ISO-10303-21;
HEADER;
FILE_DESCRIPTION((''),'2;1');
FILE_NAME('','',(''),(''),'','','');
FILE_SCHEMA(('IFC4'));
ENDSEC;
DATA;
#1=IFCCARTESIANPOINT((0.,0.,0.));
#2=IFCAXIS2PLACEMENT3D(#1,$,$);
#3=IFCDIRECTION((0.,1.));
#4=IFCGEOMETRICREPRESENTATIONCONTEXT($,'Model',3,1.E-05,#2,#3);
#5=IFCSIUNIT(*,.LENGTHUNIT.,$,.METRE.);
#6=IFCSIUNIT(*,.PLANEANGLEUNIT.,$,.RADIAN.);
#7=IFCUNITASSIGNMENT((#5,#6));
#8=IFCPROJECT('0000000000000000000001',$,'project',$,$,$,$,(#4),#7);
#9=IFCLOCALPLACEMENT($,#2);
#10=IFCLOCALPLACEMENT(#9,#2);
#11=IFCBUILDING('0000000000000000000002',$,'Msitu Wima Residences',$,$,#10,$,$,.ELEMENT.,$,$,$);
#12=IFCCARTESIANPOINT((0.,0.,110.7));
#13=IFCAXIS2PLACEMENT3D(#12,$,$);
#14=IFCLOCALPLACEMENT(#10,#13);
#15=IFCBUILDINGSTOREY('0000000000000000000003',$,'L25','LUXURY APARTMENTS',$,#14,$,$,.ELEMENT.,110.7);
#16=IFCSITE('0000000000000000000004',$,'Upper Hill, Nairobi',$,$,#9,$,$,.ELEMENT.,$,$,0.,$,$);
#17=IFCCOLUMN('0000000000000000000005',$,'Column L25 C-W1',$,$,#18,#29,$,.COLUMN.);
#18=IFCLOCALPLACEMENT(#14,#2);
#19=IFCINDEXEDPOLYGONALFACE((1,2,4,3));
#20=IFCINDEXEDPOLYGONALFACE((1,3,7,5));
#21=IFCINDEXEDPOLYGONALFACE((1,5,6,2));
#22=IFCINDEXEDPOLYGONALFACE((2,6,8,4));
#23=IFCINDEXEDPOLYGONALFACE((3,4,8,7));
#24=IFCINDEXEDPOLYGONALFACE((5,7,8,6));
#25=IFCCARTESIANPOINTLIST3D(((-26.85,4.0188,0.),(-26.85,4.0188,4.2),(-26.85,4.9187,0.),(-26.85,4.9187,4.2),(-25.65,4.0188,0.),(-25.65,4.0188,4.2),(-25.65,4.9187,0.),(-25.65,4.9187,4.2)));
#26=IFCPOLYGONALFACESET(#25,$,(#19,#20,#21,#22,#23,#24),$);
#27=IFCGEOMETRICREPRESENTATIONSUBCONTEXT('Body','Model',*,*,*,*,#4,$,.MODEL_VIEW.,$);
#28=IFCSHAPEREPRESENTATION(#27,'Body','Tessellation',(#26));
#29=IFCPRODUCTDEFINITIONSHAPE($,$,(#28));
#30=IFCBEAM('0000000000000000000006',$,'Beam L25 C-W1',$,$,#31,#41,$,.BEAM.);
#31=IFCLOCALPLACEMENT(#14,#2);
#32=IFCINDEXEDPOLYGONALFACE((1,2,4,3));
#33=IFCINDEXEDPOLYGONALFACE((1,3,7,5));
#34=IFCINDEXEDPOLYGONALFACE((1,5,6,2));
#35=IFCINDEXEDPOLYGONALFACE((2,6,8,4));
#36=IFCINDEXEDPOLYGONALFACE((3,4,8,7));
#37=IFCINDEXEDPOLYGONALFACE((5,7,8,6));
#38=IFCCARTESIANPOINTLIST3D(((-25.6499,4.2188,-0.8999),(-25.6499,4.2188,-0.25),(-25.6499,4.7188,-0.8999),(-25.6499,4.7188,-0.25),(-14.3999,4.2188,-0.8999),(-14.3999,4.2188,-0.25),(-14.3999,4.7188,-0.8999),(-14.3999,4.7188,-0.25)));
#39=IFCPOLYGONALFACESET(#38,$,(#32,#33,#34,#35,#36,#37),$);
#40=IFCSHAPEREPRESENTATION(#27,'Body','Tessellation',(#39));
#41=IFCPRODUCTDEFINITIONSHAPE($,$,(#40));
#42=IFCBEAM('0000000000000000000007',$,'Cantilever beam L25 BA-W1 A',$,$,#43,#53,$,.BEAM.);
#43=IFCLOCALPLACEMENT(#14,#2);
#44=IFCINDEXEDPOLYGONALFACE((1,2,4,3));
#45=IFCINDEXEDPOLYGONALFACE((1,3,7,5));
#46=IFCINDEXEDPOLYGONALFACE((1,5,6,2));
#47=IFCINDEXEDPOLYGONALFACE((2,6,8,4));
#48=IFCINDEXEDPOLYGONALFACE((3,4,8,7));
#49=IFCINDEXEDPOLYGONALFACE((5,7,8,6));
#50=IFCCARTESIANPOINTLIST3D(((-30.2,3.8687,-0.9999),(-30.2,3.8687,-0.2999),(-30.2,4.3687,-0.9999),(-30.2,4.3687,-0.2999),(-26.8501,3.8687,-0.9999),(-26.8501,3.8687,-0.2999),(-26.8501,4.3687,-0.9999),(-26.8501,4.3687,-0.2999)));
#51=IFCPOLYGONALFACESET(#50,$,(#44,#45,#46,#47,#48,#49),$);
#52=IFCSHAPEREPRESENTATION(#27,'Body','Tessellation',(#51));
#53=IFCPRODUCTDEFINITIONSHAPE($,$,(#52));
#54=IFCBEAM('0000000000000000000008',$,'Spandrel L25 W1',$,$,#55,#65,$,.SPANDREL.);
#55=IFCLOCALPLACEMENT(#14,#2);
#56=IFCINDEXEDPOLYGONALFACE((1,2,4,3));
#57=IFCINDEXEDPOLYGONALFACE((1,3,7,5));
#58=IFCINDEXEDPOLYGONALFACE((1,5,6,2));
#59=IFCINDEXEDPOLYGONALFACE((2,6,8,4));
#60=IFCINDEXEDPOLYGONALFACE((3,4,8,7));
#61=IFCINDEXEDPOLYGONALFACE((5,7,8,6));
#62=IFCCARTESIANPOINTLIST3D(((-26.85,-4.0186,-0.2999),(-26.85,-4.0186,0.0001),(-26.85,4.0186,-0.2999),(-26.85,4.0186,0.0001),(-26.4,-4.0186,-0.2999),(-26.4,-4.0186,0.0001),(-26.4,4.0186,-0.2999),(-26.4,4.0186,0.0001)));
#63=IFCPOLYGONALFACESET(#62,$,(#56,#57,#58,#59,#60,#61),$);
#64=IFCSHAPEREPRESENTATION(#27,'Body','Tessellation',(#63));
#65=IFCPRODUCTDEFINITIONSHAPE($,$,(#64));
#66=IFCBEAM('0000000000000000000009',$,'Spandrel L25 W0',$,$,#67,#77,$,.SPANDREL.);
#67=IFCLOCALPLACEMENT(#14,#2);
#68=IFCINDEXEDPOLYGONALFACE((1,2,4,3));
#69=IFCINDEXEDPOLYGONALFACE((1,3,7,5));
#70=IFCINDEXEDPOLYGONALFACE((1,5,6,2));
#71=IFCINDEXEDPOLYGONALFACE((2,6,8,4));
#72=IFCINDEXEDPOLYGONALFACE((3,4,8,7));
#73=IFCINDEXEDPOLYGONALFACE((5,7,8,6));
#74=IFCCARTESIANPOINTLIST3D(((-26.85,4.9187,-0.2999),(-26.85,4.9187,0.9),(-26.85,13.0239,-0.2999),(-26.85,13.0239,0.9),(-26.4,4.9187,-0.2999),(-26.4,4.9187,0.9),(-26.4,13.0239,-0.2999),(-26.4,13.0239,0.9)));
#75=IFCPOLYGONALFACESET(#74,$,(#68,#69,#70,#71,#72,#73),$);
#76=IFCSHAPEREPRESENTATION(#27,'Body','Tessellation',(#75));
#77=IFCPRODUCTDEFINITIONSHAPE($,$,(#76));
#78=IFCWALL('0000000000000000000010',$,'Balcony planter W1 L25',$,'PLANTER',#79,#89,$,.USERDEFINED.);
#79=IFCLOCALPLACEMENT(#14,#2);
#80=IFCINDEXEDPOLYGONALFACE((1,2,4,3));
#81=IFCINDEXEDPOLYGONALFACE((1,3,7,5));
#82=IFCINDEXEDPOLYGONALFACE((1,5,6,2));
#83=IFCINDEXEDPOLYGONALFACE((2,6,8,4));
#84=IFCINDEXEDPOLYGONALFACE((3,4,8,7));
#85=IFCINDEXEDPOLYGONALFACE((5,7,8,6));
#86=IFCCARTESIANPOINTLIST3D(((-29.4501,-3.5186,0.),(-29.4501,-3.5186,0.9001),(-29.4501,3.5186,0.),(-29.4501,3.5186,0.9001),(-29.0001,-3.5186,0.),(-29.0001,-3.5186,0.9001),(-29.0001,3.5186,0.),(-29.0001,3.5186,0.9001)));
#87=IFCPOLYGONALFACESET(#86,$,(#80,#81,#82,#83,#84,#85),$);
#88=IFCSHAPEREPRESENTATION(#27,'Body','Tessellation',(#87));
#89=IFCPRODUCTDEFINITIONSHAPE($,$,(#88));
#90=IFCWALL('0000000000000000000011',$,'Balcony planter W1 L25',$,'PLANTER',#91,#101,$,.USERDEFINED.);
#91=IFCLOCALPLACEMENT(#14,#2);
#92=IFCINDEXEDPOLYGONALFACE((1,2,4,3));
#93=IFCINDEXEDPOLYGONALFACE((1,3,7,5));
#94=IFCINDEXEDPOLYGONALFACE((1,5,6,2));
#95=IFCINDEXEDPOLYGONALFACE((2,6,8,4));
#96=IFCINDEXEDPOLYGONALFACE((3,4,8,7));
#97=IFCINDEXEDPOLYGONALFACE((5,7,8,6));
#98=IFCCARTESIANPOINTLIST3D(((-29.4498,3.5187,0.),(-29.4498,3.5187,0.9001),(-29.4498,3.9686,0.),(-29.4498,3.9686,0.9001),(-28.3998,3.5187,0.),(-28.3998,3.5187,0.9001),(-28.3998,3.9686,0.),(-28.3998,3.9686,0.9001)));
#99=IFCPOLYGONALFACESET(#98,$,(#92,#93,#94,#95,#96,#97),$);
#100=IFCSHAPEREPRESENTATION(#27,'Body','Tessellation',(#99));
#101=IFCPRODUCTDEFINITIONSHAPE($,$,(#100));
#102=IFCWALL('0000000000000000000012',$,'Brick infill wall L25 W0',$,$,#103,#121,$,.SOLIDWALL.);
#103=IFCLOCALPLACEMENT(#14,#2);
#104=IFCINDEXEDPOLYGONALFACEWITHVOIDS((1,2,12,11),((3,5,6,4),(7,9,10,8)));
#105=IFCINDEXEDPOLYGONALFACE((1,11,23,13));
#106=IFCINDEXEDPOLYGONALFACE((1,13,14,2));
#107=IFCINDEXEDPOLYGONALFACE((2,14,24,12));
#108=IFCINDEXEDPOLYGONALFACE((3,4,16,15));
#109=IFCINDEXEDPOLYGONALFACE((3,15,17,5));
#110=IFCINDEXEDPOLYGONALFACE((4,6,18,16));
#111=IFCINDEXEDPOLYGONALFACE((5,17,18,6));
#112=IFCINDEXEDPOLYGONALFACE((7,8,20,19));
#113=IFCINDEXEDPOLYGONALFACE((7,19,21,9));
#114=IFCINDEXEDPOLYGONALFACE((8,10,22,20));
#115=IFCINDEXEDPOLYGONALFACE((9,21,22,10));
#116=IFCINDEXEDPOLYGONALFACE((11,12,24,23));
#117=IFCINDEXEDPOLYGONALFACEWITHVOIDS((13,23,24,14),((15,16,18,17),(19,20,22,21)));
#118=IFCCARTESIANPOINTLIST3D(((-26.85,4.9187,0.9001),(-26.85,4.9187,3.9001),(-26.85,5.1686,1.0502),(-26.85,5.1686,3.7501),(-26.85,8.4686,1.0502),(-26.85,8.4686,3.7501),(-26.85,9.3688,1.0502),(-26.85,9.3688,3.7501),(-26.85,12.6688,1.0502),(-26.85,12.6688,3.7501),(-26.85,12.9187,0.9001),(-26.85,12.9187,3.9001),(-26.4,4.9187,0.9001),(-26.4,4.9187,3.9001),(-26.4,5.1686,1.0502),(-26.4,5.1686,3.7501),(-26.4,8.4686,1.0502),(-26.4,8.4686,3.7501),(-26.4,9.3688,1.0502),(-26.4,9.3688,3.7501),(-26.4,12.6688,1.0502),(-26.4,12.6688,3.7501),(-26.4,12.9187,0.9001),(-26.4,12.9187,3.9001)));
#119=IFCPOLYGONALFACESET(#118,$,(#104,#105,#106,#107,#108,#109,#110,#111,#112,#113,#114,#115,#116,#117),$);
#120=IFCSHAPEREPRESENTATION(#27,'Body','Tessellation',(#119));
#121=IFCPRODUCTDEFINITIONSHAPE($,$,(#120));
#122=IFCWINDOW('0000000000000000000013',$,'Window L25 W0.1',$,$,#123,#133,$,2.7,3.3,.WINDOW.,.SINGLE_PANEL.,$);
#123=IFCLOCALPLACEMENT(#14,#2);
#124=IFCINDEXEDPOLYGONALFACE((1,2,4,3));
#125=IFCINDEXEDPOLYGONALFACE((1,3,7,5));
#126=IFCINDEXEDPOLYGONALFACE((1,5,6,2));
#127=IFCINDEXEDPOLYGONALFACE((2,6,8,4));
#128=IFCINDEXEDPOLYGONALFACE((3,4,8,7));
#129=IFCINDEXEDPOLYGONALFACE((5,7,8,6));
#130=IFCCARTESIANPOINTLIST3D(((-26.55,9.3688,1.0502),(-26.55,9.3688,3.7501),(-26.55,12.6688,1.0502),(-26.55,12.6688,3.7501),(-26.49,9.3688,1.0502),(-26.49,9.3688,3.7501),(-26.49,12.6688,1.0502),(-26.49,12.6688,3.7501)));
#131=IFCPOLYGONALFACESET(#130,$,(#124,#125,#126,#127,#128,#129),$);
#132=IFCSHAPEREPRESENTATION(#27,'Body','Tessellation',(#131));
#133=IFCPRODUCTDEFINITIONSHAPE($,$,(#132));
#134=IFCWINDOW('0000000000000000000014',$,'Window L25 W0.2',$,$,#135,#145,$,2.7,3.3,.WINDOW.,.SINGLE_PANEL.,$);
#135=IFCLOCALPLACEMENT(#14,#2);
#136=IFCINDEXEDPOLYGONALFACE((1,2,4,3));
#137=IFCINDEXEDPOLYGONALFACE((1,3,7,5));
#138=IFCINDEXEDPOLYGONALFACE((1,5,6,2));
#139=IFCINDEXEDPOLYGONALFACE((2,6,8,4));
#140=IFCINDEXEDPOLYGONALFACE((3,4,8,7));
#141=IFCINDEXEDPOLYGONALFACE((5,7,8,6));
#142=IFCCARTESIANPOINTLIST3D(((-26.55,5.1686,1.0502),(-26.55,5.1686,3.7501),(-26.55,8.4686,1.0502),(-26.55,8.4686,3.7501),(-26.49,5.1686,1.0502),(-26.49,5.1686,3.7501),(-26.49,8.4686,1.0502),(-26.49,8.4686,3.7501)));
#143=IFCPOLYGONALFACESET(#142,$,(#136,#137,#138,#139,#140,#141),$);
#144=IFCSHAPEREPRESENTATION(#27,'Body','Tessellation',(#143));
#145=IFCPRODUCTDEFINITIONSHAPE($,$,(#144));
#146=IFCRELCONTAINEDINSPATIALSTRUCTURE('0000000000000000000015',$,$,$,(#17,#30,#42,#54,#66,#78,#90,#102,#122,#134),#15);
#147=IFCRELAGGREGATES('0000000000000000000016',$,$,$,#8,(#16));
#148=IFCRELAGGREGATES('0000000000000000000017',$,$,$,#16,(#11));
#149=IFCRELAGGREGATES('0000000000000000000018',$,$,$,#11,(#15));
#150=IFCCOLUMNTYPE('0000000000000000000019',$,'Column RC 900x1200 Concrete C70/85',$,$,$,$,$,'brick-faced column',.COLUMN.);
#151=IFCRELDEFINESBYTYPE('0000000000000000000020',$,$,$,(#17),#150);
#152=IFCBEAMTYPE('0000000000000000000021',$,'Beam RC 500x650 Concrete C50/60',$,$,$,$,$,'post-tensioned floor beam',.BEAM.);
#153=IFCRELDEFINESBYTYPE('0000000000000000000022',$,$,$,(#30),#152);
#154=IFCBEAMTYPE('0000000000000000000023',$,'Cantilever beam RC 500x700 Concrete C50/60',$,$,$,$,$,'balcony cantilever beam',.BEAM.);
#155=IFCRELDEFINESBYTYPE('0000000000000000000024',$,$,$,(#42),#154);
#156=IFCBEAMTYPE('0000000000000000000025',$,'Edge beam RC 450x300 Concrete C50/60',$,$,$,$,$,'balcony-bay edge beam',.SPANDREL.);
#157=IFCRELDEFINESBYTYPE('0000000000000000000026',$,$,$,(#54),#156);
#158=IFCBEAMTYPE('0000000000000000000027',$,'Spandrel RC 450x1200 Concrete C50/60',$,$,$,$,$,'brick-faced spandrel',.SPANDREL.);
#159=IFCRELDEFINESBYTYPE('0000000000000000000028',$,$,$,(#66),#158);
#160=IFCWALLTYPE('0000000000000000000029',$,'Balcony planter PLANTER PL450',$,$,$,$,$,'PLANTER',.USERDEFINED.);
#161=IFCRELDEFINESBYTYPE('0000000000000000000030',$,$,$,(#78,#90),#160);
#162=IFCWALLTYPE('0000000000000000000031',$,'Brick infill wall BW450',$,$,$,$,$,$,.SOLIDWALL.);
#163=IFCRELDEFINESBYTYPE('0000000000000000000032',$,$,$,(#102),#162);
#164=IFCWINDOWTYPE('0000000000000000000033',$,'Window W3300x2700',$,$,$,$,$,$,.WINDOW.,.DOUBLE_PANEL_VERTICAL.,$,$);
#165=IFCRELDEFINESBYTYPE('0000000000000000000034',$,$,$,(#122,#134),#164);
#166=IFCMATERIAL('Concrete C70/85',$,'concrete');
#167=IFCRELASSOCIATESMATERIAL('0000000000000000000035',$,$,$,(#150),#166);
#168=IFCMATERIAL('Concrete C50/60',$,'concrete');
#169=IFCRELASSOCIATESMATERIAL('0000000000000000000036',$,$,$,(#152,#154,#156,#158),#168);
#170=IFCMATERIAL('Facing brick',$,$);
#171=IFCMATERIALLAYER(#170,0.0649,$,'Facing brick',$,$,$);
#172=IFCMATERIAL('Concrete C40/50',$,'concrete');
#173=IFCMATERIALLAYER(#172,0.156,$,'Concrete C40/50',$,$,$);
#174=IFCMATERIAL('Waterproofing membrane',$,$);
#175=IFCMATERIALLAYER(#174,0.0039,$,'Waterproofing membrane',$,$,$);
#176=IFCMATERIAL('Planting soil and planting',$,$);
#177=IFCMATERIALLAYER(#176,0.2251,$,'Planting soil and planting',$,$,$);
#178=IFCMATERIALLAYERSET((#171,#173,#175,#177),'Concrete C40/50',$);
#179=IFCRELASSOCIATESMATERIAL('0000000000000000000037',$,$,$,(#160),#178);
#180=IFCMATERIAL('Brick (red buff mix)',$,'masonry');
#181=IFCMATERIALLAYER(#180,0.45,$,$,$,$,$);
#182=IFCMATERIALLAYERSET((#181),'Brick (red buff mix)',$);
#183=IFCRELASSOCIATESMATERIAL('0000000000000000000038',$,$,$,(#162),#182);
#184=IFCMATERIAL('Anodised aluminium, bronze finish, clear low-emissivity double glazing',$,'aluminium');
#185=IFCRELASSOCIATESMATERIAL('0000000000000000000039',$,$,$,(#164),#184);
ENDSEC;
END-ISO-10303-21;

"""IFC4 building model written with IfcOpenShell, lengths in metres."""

from ifc_helpers import new_model, si_unit, direction, frame, frame_2d, origin, origin_2d, place, context, subcontext, project, spatial, rectangle, extrude, material, layer, layer_set, material_profile, profile_set, type_object, element, fill, save


model = new_model("IFC4")

# Units and contexts
model_context = context("Model", 3, precision=1e-05, world=origin(), true_north=direction((0.0, 1.0)))
body_context = subcontext(model_context, "Body", "Model", "MODEL_VIEW")
ifc_project = project(units=[si_unit("LENGTHUNIT", "METRE"), si_unit("PLANEANGLEUNIT", "RADIAN")], contexts=[model_context])

# Site, building, storey
site_placement = place(None, origin())
site = spatial("IfcSite", under=ifc_project, at=site_placement, Name="Upper Hill, Nairobi", CompositionType="ELEMENT", RefElevation=0.0)
building_placement = place(site_placement, origin())
building = spatial("IfcBuilding", under=site, at=building_placement, Name="Msitu Wima Residences", CompositionType="ELEMENT")
storey_placement = place(building_placement, frame((0.0, 0.0, 110.7)))
storey = spatial("IfcBuildingStorey", under=building, at=storey_placement, Name="L25", Description="LUXURY APARTMENTS", CompositionType="ELEMENT", Elevation=110.7)

# Column
ifc_material_1 = material(Name="Concrete C70/85", Category="concrete")
ifc_material_profile_1 = material_profile(ifc_material_1, rectangle(XDim=0.8999, YDim=1.2, at=origin_2d()), Name="RC 900x1200")
ifc_profile_set_1 = profile_set([ifc_material_profile_1], Name="Concrete C70/85")
column_type = type_object("IfcColumnType", Name="Column RC 900x1200 Concrete C70/85", ElementType="brick-faced column", PredefinedType="COLUMN", material=ifc_profile_set_1)
column_placement = place(storey_placement, frame((-26.25, 4.4688, 0.0), z_axis=(0.0, 0.0, 1.0), x_axis=(0.0, -1.0, 0.0)))
element("IfcColumn", 1, at=column_placement, inside=storey, type_object=column_type, Name="Column L25 C-W1", PredefinedType="COLUMN", context=body_context, shape_type="SweptSolid", body=[
    extrude(rectangle(XDim=0.8999, YDim=1.2, at=origin_2d()), origin(), (0.0, 0.0, 1.0), 4.2),
])

# Beams
ifc_material_2 = material(Name="Concrete C50/60", Category="concrete")
ifc_material_profile_2 = material_profile(ifc_material_2, rectangle(XDim=0.5, YDim=0.6499, at=origin_2d()), Name="RC 500x650")
ifc_profile_set_2 = profile_set([ifc_material_profile_2], Name="Concrete C50/60")
beam_type_1 = type_object("IfcBeamType", Name="Beam RC 500x650 Concrete C50/60", ElementType="post-tensioned floor beam", PredefinedType="BEAM", material=ifc_profile_set_2)
beam_1_placement = place(storey_placement, frame((-25.6499, 4.4688, -0.575), z_axis=(1.0, 0.0, 0.0), x_axis=(0.0, 1.0, 0.0)))
element("IfcBeam", 2, at=beam_1_placement, inside=storey, type_object=beam_type_1, Name="Beam L25 C-W1", PredefinedType="BEAM", context=body_context, shape_type="SweptSolid", body=[
    extrude(rectangle(XDim=0.5, YDim=0.6499, at=origin_2d()), origin(), (0.0, 0.0, 1.0), 11.25),
])
ifc_material_profile_3 = material_profile(ifc_material_2, rectangle(XDim=0.5, YDim=0.7, at=origin_2d()), Name="RC 500x700")
ifc_profile_set_3 = profile_set([ifc_material_profile_3], Name="Concrete C50/60")
beam_type_2 = type_object("IfcBeamType", Name="Cantilever beam RC 500x700 Concrete C50/60", ElementType="balcony cantilever beam", PredefinedType="BEAM", material=ifc_profile_set_3)
beam_2_placement = place(storey_placement, frame((-26.8501, 4.1187, -0.6499), z_axis=(-1.0, 0.0, 0.0), x_axis=(0.0, -1.0, 0.0)))
element("IfcBeam", 3, at=beam_2_placement, inside=storey, type_object=beam_type_2, Name="Cantilever beam L25 BA-W1 A", PredefinedType="BEAM", context=body_context, shape_type="SweptSolid", body=[
    extrude(rectangle(XDim=0.5, YDim=0.7, at=origin_2d()), origin(), (0.0, 0.0, 1.0), 3.3499),
])
ifc_material_profile_4 = material_profile(ifc_material_2, rectangle(XDim=0.45, YDim=0.3, at=origin_2d()), Name="RC 450x300")
ifc_profile_set_4 = profile_set([ifc_material_profile_4], Name="Concrete C50/60")
beam_type_3 = type_object("IfcBeamType", Name="Edge beam RC 450x300 Concrete C50/60", ElementType="balcony-bay edge beam", PredefinedType="SPANDREL", material=ifc_profile_set_4)
beam_3_placement = place(storey_placement, frame((-26.625, 4.0186, -0.1499), z_axis=(0.0, -1.0, 0.0), x_axis=(1.0, 0.0, 0.0)))
element("IfcBeam", 4, at=beam_3_placement, inside=storey, type_object=beam_type_3, Name="Spandrel L25 W1", PredefinedType="SPANDREL", context=body_context, shape_type="SweptSolid", body=[
    extrude(rectangle(XDim=0.45, YDim=0.3, at=origin_2d()), origin(), (0.0, 0.0, 1.0), 8.0371),
])
ifc_material_profile_5 = material_profile(ifc_material_2, rectangle(XDim=0.45, YDim=1.2, at=origin_2d()), Name="RC 450x1200")
ifc_profile_set_5 = profile_set([ifc_material_profile_5], Name="Concrete C50/60")
beam_type_4 = type_object("IfcBeamType", Name="Spandrel RC 450x1200 Concrete C50/60", ElementType="brick-faced spandrel", PredefinedType="SPANDREL", material=ifc_profile_set_5)
beam_4_placement = place(storey_placement, frame((-26.625, 13.0239, 0.3), z_axis=(0.0, -1.0, 0.0), x_axis=(1.0, 0.0, 0.0)))
element("IfcBeam", 5, at=beam_4_placement, inside=storey, type_object=beam_type_4, Name="Spandrel L25 W0", PredefinedType="SPANDREL", context=body_context, shape_type="SweptSolid", body=[
    extrude(rectangle(XDim=0.45, YDim=1.2, at=origin_2d()), origin(), (0.0, 0.0, 1.0), 8.1052),
])

# Walls
ifc_material_3 = material(Name="Facing brick")
ifc_layer_1 = layer(ifc_material_3, 0.0649, Name="Facing brick")
ifc_material_4 = material(Name="Concrete C40/50", Category="concrete")
ifc_layer_2 = layer(ifc_material_4, 0.156, Name="Concrete C40/50")
ifc_material_5 = material(Name="Waterproofing membrane")
ifc_layer_3 = layer(ifc_material_5, 0.0039, Name="Waterproofing membrane")
ifc_material_6 = material(Name="Planting soil and planting")
ifc_layer_4 = layer(ifc_material_6, 0.2251, Name="Planting soil and planting")
ifc_layer_set_1 = layer_set([ifc_layer_1, ifc_layer_2, ifc_layer_3, ifc_layer_4], Name="Concrete C40/50")
wall_type_1 = type_object("IfcWallType", Name="Balcony planter PLANTER PL450", ElementType="PLANTER", PredefinedType="USERDEFINED", material=ifc_layer_set_1)
wall_1_placement = place(storey_placement, frame((-29.2251, 3.5186, 0.0), z_axis=(0.0, 0.0, 1.0), x_axis=(0.0, -1.0, 0.0)))
element("IfcWall", 6, at=wall_1_placement, inside=storey, type_object=wall_type_1, Name="Balcony planter W1 L25", ObjectType="PLANTER", PredefinedType="USERDEFINED", context=body_context, shape_type="SweptSolid", body=[
    extrude(rectangle(XDim=7.0371, YDim=0.45, at=frame_2d((3.5186, 0.0))), origin(), (0.0, 0.0, 1.0), 0.9001),
])
wall_2_placement = place(storey_placement, frame((-28.3999, 3.7437, 0.0), z_axis=(0.0, 0.0, 1.0), x_axis=(-1.0, 0.0, 0.0)))
element("IfcWall", 7, at=wall_2_placement, inside=storey, type_object=wall_type_1, Name="Balcony planter W1 L25", ObjectType="PLANTER", PredefinedType="USERDEFINED", context=body_context, shape_type="SweptSolid", body=[
    extrude(rectangle(XDim=1.05, YDim=0.45, at=frame_2d((0.5249, 0.0))), origin(), (0.0, 0.0, 1.0), 0.9001),
])

# Wall, openings, windows
ifc_material_7 = material(Name="Brick (red buff mix)", Category="masonry")
ifc_layer_5 = layer(ifc_material_7, 0.45)
ifc_layer_set_2 = layer_set([ifc_layer_5], Name="Brick (red buff mix)")
wall_type_2 = type_object("IfcWallType", Name="Brick infill wall BW450", PredefinedType="SOLIDWALL", material=ifc_layer_set_2)
wall_3_placement = place(storey_placement, frame((-26.625, 12.9187, 0.9001), z_axis=(0.0, 0.0, 1.0), x_axis=(0.0, -1.0, 0.0)))
wall_3 = element("IfcWall", 8, at=wall_3_placement, inside=storey, type_object=wall_type_2, Name="Brick infill wall L25 W0", PredefinedType="SOLIDWALL", context=body_context, shape_type="SweptSolid", body=[
    extrude(rectangle(XDim=8.0, YDim=0.45, at=frame_2d((4.0, 0.0))), origin(), (0.0, 0.0, 1.0), 3.0),
])
opening_1_placement = place(wall_3_placement, frame((0.25, 0.0, 0.1499)))
opening_1 = element("IfcOpeningElement", 9, at=opening_1_placement, cuts=wall_3, PredefinedType="OPENING", context=body_context, shape_type="SweptSolid", body=[
    extrude(rectangle(XDim=3.3, YDim=2.7, at=frame_2d((1.6499, 1.3501))), frame((0.0, 0.2349, 0.0), z_axis=(0.0, -1.0, 0.0), x_axis=(1.0, 0.0, 0.0)), (0.0, 0.0, 1.0), 0.47),
])
opening_2_placement = place(wall_3_placement, frame((4.4502, 0.0, 0.1499)))
opening_2 = element("IfcOpeningElement", 10, at=opening_2_placement, cuts=wall_3, PredefinedType="OPENING", context=body_context, shape_type="SweptSolid", body=[
    extrude(rectangle(XDim=3.3, YDim=2.7, at=frame_2d((1.6499, 1.3501))), frame((0.0, 0.2349, 0.0), z_axis=(0.0, -1.0, 0.0), x_axis=(1.0, 0.0, 0.0)), (0.0, 0.0, 1.0), 0.47),
])
ifc_material_8 = material(Name="Anodised aluminium, bronze finish, clear low-emissivity double glazing", Category="aluminium")
window_type = type_object("IfcWindowType", Name="Window W3300x2700", PartitioningType="DOUBLE_PANEL_VERTICAL", PredefinedType="WINDOW", material=ifc_material_8)
window_1_placement = place(opening_1_placement, origin())
window_1 = element("IfcWindow", 11, at=window_1_placement, inside=storey, type_object=window_type, Name="Window L25 W0.1", OverallHeight=2.7, OverallWidth=3.3, PartitioningType="SINGLE_PANEL", PredefinedType="WINDOW", context=body_context, shape_type="SweptSolid", body=[
    extrude(rectangle(XDim=3.3, YDim=2.7, at=frame_2d((1.6499, 1.3501))), frame((0.0, 0.135, 0.0), z_axis=(0.0, -1.0, 0.0), x_axis=(1.0, 0.0, 0.0)), (0.0, 0.0, 1.0), 0.0601),
])
fill(opening_1, window_1)
window_2_placement = place(opening_2_placement, origin())
window_2 = element("IfcWindow", 12, at=window_2_placement, inside=storey, type_object=window_type, Name="Window L25 W0.2", OverallHeight=2.7, OverallWidth=3.3, PartitioningType="SINGLE_PANEL", PredefinedType="WINDOW", context=body_context, shape_type="SweptSolid", body=[
    extrude(rectangle(XDim=3.3, YDim=2.7, at=frame_2d((1.6499, 1.3501))), frame((0.0, 0.135, 0.0), z_axis=(0.0, -1.0, 0.0), x_axis=(1.0, 0.0, 0.0)), (0.0, 0.0, 1.0), 0.0601),
])
fill(opening_2, window_2)

save(model, "model.ifc")
